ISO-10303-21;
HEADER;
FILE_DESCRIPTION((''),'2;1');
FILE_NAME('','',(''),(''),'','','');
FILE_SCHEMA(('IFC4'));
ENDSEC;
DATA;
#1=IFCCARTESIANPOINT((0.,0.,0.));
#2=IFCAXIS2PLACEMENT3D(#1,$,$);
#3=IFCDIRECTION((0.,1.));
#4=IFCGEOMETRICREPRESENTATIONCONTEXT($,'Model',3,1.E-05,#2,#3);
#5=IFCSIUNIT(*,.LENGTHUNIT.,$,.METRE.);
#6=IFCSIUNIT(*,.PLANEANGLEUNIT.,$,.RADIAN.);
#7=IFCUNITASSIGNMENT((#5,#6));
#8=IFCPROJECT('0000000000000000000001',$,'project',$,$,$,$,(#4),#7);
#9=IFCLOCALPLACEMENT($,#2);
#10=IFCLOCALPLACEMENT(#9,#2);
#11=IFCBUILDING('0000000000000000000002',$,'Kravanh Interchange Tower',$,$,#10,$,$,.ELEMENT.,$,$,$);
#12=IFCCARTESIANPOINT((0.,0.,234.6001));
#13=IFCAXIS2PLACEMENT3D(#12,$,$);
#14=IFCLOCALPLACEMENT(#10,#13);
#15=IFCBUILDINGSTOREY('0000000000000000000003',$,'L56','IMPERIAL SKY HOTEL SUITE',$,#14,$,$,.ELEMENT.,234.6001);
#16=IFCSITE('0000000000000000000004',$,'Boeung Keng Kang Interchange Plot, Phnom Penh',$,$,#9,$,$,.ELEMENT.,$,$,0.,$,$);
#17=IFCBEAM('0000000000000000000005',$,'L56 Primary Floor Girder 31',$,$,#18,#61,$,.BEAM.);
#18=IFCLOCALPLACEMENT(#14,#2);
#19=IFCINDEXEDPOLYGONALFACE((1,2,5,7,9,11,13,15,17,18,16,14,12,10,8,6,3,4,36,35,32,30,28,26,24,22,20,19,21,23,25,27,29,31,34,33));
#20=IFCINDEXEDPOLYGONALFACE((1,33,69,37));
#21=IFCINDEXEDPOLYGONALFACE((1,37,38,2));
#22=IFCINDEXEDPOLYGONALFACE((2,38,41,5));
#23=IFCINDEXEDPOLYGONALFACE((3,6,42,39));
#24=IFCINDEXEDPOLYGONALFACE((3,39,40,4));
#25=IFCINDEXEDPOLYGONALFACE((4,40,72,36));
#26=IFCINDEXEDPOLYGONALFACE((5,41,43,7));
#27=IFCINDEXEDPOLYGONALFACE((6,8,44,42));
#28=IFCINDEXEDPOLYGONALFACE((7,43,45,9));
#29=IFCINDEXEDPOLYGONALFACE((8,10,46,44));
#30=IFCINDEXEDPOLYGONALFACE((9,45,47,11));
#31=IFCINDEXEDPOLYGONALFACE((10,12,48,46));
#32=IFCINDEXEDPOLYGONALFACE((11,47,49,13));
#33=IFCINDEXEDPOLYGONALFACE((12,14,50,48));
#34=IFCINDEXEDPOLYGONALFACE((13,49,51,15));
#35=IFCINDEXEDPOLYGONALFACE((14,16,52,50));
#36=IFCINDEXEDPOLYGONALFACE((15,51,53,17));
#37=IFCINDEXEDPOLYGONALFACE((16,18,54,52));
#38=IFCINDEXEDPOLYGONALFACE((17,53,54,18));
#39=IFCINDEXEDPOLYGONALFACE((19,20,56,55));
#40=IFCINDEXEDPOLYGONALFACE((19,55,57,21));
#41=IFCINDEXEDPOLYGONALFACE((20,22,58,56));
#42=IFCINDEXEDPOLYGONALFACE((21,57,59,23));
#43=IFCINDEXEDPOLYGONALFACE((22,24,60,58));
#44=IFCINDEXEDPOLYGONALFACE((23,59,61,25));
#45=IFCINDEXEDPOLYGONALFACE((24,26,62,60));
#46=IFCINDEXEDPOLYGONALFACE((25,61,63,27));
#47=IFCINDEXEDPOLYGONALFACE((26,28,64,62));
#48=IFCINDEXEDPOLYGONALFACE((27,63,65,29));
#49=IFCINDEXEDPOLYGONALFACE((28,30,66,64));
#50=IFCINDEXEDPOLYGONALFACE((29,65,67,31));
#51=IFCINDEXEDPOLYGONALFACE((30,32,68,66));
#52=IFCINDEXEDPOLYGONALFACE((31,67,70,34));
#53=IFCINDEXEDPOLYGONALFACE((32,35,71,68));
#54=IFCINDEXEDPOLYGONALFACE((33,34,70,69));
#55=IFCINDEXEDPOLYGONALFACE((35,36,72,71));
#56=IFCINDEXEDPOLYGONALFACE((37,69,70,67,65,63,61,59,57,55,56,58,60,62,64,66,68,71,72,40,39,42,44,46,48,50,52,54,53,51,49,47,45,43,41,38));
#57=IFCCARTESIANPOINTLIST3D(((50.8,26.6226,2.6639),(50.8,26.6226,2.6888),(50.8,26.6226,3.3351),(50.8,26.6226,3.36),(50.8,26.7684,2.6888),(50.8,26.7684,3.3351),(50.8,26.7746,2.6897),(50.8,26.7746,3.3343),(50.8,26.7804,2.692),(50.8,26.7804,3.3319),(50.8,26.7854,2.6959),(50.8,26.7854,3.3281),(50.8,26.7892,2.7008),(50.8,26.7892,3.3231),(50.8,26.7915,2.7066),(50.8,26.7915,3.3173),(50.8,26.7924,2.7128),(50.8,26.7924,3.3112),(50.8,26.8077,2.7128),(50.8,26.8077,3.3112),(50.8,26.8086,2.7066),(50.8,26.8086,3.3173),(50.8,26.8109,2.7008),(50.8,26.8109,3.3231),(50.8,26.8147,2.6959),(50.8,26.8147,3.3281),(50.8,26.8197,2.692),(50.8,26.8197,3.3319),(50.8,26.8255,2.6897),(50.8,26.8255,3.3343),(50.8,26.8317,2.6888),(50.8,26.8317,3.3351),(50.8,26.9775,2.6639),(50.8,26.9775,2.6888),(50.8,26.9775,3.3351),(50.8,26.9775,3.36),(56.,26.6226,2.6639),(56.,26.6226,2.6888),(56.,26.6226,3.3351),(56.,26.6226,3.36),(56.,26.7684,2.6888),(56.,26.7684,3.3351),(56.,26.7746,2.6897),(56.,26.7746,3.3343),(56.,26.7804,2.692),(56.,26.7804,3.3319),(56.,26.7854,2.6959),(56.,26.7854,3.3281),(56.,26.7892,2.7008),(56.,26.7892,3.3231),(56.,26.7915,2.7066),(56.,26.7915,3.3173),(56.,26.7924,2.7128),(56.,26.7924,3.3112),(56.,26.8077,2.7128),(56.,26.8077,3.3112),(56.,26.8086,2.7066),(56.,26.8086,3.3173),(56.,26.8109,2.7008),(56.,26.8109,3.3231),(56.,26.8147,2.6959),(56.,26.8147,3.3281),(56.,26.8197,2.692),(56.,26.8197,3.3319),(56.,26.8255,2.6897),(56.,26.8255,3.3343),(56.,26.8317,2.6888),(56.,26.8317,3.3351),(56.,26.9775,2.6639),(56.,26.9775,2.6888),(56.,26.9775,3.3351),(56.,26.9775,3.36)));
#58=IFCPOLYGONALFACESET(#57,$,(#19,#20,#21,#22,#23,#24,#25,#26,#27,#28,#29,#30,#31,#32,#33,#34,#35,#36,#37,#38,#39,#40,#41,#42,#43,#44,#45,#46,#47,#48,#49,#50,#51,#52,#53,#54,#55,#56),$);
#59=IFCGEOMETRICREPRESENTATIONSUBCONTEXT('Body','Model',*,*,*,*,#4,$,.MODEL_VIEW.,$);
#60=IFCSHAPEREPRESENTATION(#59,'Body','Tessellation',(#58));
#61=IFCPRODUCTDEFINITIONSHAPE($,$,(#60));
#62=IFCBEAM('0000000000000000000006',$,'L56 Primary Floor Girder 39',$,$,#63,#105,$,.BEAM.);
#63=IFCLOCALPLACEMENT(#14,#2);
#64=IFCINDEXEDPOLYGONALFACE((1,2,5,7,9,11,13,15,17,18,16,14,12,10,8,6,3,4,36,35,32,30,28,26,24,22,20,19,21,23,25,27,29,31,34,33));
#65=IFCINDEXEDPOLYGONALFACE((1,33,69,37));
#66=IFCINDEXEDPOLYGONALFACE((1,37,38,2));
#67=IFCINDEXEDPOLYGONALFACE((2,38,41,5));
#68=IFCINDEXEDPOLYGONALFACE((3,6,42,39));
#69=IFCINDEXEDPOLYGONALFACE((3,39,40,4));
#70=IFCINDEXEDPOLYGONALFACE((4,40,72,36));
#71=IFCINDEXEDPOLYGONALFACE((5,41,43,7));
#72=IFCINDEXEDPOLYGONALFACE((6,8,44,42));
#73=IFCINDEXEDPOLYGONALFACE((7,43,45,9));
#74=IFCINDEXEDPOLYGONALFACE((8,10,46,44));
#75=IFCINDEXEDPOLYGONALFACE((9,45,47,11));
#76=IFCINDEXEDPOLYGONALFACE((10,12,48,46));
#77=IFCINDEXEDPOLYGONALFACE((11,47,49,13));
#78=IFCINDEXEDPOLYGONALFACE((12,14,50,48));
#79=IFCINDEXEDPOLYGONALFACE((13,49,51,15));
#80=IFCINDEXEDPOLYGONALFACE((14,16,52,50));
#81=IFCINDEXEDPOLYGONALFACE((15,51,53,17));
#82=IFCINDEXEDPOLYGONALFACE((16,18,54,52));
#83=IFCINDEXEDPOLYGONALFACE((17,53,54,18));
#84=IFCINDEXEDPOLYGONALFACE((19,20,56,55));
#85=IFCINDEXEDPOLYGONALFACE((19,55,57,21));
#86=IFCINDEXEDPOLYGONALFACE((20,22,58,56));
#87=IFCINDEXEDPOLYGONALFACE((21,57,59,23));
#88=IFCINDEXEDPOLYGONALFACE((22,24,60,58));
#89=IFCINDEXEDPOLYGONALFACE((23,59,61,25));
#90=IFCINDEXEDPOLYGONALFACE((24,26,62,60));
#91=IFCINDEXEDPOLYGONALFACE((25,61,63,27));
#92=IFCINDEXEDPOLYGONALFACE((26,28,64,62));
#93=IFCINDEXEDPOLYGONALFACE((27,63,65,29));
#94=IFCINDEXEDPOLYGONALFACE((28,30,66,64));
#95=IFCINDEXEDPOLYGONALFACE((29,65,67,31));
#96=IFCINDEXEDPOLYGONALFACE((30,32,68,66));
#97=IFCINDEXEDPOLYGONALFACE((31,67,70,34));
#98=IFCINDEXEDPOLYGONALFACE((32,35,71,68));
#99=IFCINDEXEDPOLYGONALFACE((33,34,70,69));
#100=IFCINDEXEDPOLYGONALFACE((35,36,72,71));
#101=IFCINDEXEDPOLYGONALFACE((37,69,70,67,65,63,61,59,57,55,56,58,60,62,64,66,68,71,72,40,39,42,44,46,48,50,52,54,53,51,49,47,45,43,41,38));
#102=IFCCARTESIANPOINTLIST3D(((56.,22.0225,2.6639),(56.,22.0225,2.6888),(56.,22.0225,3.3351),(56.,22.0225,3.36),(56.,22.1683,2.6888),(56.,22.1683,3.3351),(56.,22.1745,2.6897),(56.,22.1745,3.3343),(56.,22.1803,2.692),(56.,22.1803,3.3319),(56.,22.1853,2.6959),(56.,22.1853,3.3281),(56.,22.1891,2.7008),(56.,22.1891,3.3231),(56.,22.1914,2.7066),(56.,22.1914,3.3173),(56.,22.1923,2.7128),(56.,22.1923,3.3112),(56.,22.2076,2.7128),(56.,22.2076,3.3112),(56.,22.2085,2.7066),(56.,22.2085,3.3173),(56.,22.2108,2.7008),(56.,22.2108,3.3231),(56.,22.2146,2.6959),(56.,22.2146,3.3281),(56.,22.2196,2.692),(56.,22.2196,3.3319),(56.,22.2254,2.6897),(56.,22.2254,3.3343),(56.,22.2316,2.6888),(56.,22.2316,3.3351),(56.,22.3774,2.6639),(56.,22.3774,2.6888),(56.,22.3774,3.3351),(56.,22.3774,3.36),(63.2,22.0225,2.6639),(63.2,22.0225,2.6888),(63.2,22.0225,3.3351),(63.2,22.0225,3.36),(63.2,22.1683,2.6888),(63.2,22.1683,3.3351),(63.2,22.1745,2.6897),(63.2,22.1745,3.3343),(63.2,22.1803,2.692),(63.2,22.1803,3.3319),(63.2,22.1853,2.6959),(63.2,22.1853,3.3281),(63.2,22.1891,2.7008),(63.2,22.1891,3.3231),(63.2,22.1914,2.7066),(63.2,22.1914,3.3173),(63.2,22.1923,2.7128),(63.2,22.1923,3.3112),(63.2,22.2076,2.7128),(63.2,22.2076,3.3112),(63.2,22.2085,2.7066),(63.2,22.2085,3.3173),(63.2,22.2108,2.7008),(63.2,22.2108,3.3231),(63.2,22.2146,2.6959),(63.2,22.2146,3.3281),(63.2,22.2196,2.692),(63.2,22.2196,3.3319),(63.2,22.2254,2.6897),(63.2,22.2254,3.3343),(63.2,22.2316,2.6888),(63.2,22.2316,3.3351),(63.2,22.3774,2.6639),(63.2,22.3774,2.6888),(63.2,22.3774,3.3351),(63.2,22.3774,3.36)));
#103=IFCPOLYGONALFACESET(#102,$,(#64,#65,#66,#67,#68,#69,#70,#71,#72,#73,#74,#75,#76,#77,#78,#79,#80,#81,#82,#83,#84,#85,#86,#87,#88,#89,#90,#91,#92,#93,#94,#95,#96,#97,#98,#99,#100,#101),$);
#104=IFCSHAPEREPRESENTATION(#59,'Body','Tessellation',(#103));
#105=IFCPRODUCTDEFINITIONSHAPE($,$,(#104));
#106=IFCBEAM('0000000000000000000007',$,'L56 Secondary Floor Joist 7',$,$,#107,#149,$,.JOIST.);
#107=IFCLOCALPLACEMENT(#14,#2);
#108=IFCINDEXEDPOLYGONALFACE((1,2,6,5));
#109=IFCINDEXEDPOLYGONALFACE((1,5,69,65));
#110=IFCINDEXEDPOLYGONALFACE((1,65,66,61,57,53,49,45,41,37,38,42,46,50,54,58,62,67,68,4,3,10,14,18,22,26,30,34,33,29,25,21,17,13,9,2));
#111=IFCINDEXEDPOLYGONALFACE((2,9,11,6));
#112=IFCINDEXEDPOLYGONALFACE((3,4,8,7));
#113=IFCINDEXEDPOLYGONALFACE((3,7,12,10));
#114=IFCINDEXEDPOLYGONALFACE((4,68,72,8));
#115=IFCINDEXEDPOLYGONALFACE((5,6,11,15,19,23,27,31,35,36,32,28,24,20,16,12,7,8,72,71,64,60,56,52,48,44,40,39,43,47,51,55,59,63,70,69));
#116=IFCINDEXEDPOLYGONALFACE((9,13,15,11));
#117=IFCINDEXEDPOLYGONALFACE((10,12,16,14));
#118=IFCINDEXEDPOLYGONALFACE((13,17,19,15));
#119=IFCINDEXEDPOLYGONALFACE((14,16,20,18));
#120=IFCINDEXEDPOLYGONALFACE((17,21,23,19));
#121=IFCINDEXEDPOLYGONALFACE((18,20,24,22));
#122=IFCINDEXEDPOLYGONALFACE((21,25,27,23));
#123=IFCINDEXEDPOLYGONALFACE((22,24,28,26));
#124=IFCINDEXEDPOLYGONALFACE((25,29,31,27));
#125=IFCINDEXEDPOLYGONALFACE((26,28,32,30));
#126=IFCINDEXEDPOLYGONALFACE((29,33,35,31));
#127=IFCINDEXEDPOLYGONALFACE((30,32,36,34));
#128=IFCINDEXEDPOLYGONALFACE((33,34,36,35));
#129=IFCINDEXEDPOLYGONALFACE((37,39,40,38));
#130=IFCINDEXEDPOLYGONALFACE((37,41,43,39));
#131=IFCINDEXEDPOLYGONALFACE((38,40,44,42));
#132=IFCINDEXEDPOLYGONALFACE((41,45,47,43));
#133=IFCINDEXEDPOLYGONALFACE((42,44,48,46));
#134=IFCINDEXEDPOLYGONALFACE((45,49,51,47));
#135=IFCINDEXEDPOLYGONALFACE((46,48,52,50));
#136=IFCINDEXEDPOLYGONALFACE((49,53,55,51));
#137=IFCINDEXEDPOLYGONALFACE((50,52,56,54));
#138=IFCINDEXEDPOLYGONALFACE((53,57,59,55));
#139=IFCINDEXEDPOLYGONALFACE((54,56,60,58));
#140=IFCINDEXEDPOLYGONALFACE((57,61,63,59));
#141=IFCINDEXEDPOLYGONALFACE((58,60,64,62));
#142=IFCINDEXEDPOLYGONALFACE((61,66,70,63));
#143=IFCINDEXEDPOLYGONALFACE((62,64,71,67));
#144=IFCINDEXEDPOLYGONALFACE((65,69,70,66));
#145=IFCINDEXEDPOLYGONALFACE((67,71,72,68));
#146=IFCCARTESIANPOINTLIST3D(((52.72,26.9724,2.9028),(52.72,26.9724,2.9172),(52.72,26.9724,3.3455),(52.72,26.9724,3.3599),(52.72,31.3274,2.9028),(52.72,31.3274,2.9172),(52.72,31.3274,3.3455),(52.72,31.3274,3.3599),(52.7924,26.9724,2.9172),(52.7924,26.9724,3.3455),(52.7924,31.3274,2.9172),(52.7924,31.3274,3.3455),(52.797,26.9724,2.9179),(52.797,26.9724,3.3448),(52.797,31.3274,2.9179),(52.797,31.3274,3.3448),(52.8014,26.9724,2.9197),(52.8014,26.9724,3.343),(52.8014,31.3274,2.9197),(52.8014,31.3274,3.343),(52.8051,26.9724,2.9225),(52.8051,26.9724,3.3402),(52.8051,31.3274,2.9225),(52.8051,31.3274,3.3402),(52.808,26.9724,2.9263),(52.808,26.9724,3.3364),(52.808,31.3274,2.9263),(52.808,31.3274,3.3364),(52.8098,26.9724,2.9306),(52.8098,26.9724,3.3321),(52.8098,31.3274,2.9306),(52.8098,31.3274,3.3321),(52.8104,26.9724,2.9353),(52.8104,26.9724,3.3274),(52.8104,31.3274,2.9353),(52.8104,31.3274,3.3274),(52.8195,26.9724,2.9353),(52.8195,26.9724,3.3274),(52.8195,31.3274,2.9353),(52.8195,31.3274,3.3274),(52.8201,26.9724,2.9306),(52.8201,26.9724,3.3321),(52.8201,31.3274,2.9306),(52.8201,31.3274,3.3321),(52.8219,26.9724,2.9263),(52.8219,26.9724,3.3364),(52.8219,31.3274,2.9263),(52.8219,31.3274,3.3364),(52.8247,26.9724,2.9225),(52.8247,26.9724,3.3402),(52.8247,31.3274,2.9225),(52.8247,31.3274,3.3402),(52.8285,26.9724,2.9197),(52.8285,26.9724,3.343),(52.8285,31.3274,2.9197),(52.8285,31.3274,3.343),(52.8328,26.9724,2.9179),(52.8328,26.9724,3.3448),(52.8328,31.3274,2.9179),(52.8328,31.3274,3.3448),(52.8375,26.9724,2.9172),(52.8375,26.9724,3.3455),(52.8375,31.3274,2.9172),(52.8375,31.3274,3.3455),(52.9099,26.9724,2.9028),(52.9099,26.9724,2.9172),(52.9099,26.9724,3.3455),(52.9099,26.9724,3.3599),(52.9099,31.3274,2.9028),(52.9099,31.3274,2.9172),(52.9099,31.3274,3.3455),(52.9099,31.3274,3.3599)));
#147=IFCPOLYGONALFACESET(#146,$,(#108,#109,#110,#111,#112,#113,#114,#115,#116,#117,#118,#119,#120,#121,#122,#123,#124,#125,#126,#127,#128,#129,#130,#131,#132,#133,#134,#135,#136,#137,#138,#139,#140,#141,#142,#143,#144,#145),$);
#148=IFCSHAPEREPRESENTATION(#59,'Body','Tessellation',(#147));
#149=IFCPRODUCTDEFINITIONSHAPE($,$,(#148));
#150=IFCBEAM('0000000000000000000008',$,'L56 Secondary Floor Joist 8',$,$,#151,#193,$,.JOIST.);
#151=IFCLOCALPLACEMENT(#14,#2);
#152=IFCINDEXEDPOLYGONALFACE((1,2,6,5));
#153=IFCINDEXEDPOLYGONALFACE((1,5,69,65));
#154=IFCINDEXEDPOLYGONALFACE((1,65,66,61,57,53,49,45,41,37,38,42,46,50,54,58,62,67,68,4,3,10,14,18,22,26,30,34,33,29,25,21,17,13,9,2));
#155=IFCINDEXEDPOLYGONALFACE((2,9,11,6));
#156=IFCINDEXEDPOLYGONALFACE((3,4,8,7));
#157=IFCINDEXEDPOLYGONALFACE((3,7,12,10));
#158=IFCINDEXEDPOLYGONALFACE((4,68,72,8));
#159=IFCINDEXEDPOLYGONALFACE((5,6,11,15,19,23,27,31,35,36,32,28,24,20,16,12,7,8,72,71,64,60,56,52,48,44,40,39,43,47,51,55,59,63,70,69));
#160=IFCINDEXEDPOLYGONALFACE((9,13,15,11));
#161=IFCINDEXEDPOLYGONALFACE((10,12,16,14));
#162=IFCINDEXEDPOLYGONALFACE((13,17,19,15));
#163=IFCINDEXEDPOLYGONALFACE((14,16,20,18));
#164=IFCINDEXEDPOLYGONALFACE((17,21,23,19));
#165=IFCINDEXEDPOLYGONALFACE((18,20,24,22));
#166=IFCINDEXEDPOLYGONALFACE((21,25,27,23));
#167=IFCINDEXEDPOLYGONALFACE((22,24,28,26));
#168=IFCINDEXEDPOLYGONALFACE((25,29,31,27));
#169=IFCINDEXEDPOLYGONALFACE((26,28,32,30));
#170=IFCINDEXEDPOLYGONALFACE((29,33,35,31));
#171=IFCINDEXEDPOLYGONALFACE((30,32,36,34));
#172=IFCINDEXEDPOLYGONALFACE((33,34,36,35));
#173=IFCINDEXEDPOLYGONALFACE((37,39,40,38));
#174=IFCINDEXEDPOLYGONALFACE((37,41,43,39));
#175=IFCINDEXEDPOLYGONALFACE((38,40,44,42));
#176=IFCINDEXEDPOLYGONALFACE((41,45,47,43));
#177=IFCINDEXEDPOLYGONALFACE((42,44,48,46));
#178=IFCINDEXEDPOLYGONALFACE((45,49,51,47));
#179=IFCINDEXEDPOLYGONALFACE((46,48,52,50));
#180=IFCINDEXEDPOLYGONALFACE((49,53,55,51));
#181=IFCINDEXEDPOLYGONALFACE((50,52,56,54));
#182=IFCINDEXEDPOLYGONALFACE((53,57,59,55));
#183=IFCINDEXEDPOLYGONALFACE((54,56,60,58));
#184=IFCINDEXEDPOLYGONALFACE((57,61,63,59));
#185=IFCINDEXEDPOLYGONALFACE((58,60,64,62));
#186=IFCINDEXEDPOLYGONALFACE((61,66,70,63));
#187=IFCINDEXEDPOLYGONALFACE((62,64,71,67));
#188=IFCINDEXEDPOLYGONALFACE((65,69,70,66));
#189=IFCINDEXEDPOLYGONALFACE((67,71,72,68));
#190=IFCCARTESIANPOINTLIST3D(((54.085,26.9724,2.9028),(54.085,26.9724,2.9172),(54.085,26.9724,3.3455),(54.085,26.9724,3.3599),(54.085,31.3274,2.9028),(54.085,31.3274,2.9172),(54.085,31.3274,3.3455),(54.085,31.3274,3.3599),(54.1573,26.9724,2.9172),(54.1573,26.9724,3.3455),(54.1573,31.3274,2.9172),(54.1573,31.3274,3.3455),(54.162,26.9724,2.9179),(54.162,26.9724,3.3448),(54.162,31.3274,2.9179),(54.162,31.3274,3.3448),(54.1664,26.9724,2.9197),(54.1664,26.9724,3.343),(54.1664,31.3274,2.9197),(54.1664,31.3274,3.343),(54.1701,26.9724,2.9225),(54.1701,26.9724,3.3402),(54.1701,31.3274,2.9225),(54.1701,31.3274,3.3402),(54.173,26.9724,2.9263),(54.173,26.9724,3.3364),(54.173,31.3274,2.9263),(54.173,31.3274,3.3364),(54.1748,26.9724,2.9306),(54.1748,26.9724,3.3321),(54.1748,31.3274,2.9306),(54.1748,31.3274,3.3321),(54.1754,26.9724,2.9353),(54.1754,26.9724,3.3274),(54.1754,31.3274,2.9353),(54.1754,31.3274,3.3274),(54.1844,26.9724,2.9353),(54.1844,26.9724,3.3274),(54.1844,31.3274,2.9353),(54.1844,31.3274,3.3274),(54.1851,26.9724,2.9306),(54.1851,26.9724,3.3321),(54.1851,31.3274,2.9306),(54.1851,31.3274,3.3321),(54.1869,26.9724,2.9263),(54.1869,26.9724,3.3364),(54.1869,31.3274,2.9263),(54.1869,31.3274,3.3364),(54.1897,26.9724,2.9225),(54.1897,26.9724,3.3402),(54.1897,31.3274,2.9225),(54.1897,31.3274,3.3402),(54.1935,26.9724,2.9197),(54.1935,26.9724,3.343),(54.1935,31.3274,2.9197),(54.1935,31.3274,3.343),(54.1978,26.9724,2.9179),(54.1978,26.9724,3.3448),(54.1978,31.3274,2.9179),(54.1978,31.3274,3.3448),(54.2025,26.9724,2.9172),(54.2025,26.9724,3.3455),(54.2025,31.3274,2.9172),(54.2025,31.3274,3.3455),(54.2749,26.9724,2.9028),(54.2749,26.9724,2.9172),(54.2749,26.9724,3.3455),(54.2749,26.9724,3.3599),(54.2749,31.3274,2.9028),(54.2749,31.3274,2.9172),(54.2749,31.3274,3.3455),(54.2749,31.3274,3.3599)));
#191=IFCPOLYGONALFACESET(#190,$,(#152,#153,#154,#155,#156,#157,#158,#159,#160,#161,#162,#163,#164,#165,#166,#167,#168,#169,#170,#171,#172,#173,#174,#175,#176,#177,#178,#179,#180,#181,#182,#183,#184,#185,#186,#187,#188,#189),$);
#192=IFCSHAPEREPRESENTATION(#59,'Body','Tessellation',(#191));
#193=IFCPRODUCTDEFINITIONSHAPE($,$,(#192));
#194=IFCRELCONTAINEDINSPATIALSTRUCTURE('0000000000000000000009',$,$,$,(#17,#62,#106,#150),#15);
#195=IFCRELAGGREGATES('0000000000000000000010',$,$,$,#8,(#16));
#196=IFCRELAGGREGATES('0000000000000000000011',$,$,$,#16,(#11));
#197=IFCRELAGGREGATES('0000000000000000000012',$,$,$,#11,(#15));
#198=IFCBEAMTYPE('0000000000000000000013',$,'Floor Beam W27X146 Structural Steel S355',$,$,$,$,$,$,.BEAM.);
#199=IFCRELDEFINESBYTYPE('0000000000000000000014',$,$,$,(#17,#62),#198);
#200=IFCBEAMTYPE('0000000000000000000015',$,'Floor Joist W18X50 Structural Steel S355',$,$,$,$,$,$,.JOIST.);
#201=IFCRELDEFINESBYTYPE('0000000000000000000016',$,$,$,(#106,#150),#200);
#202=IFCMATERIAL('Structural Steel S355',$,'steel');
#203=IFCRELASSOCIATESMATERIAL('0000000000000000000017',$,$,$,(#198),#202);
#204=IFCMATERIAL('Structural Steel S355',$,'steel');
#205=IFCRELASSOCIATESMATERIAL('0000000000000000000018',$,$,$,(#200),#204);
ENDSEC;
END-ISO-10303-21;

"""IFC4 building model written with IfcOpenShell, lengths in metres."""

from ifc_helpers import new_model, si_unit, direction, frame, origin, origin_2d, place, context, subcontext, project, spatial, i_section, extrude, material, material_profile, profile_set, type_object, element, save


model = new_model("IFC4")

# Units and contexts
model_context = context("Model", 3, precision=1e-05, world=origin(), true_north=direction((0.0, 1.0)))
body_context = subcontext(model_context, "Body", "Model", "MODEL_VIEW")
ifc_project = project(units=[si_unit("LENGTHUNIT", "METRE"), si_unit("PLANEANGLEUNIT", "RADIAN")], contexts=[model_context])

# Site, building, storey
site_placement = place(None, origin())
site = spatial("IfcSite", under=ifc_project, at=site_placement, Name="Boeung Keng Kang Interchange Plot, Phnom Penh", CompositionType="ELEMENT", RefElevation=0.0)
building_placement = place(site_placement, origin())
building = spatial("IfcBuilding", under=site, at=building_placement, Name="Kravanh Interchange Tower", CompositionType="ELEMENT")
storey_placement = place(building_placement, frame((0.0, 0.0, 234.6001)))
storey = spatial("IfcBuildingStorey", under=building, at=storey_placement, Name="L56", Description="IMPERIAL SKY HOTEL SUITE", CompositionType="ELEMENT", Elevation=234.6001)

# Beams
ifc_material_1 = material(Name="Structural Steel S355", Category="steel")
ifc_material_profile_1 = material_profile(ifc_material_1, i_section(OverallWidth=0.355, OverallDepth=0.696, WebThickness=0.0154, FlangeThickness=0.0249, FilletRadius=0.0239, at=origin_2d()), Name="W27X146")
ifc_profile_set_1 = profile_set([ifc_material_profile_1], Name="Structural Steel S355")
beam_type_1 = type_object("IfcBeamType", Name="Floor Beam W27X146 Structural Steel S355", PredefinedType="BEAM", material=ifc_profile_set_1)
beam_1_placement = place(storey_placement, frame((50.8, 26.8, 3.012), z_axis=(1.0, 0.0, 0.0), x_axis=(0.0, 1.0, 0.0)))
element("IfcBeam", 1, at=beam_1_placement, inside=storey, type_object=beam_type_1, Name="L56 Primary Floor Girder 31", PredefinedType="BEAM", context=body_context, shape_type="SweptSolid", body=[
    extrude(i_section(OverallWidth=0.355, OverallDepth=0.696, WebThickness=0.0154, FlangeThickness=0.0249, FilletRadius=0.0239, at=origin_2d()), origin(), (0.0, 0.0, 1.0), 5.2),
])
beam_2_placement = place(storey_placement, frame((56.0, 22.2, 3.012), z_axis=(1.0, 0.0, 0.0), x_axis=(0.0, 1.0, 0.0)))
element("IfcBeam", 2, at=beam_2_placement, inside=storey, type_object=beam_type_1, Name="L56 Primary Floor Girder 39", PredefinedType="BEAM", context=body_context, shape_type="SweptSolid", body=[
    extrude(i_section(OverallWidth=0.355, OverallDepth=0.696, WebThickness=0.0154, FlangeThickness=0.0249, FilletRadius=0.0239, at=origin_2d()), origin(), (0.0, 0.0, 1.0), 7.2),
])
ifc_material_2 = material(Name="Structural Steel S355", Category="steel")
ifc_material_profile_2 = material_profile(ifc_material_2, i_section(OverallWidth=0.1899, OverallDepth=0.457, WebThickness=0.009, FlangeThickness=0.0144, FilletRadius=0.0181, at=origin_2d()), Name="W18X50")
ifc_profile_set_2 = profile_set([ifc_material_profile_2], Name="Structural Steel S355")
beam_type_2 = type_object("IfcBeamType", Name="Floor Joist W18X50 Structural Steel S355", PredefinedType="JOIST", material=ifc_profile_set_2)
for number, where, z_axis, x_axis, name in (
    (3, (52.8149, 26.9724, 3.1313), (0.0, 1.0, 0.0), (-1.0, 0.0, 0.0), "L56 Secondary Floor Joist 7"),
    (4, (54.1799, 26.9724, 3.1313), (0.0, 1.0, 0.0), (-1.0, 0.0, 0.0), "L56 Secondary Floor Joist 8"),
):
    element("IfcBeam", number, at=place(storey_placement, frame(where, z_axis=z_axis, x_axis=x_axis)), inside=storey, type_object=beam_type_2, Name=name, PredefinedType="JOIST", context=body_context, shape_type="SweptSolid", body=[
        extrude(i_section(OverallWidth=0.1899, OverallDepth=0.457, WebThickness=0.009, FlangeThickness=0.0144, FilletRadius=0.0181, at=origin_2d()), origin(), (0.0, 0.0, 1.0), 4.355),
    ])

save(model, "model.ifc")
